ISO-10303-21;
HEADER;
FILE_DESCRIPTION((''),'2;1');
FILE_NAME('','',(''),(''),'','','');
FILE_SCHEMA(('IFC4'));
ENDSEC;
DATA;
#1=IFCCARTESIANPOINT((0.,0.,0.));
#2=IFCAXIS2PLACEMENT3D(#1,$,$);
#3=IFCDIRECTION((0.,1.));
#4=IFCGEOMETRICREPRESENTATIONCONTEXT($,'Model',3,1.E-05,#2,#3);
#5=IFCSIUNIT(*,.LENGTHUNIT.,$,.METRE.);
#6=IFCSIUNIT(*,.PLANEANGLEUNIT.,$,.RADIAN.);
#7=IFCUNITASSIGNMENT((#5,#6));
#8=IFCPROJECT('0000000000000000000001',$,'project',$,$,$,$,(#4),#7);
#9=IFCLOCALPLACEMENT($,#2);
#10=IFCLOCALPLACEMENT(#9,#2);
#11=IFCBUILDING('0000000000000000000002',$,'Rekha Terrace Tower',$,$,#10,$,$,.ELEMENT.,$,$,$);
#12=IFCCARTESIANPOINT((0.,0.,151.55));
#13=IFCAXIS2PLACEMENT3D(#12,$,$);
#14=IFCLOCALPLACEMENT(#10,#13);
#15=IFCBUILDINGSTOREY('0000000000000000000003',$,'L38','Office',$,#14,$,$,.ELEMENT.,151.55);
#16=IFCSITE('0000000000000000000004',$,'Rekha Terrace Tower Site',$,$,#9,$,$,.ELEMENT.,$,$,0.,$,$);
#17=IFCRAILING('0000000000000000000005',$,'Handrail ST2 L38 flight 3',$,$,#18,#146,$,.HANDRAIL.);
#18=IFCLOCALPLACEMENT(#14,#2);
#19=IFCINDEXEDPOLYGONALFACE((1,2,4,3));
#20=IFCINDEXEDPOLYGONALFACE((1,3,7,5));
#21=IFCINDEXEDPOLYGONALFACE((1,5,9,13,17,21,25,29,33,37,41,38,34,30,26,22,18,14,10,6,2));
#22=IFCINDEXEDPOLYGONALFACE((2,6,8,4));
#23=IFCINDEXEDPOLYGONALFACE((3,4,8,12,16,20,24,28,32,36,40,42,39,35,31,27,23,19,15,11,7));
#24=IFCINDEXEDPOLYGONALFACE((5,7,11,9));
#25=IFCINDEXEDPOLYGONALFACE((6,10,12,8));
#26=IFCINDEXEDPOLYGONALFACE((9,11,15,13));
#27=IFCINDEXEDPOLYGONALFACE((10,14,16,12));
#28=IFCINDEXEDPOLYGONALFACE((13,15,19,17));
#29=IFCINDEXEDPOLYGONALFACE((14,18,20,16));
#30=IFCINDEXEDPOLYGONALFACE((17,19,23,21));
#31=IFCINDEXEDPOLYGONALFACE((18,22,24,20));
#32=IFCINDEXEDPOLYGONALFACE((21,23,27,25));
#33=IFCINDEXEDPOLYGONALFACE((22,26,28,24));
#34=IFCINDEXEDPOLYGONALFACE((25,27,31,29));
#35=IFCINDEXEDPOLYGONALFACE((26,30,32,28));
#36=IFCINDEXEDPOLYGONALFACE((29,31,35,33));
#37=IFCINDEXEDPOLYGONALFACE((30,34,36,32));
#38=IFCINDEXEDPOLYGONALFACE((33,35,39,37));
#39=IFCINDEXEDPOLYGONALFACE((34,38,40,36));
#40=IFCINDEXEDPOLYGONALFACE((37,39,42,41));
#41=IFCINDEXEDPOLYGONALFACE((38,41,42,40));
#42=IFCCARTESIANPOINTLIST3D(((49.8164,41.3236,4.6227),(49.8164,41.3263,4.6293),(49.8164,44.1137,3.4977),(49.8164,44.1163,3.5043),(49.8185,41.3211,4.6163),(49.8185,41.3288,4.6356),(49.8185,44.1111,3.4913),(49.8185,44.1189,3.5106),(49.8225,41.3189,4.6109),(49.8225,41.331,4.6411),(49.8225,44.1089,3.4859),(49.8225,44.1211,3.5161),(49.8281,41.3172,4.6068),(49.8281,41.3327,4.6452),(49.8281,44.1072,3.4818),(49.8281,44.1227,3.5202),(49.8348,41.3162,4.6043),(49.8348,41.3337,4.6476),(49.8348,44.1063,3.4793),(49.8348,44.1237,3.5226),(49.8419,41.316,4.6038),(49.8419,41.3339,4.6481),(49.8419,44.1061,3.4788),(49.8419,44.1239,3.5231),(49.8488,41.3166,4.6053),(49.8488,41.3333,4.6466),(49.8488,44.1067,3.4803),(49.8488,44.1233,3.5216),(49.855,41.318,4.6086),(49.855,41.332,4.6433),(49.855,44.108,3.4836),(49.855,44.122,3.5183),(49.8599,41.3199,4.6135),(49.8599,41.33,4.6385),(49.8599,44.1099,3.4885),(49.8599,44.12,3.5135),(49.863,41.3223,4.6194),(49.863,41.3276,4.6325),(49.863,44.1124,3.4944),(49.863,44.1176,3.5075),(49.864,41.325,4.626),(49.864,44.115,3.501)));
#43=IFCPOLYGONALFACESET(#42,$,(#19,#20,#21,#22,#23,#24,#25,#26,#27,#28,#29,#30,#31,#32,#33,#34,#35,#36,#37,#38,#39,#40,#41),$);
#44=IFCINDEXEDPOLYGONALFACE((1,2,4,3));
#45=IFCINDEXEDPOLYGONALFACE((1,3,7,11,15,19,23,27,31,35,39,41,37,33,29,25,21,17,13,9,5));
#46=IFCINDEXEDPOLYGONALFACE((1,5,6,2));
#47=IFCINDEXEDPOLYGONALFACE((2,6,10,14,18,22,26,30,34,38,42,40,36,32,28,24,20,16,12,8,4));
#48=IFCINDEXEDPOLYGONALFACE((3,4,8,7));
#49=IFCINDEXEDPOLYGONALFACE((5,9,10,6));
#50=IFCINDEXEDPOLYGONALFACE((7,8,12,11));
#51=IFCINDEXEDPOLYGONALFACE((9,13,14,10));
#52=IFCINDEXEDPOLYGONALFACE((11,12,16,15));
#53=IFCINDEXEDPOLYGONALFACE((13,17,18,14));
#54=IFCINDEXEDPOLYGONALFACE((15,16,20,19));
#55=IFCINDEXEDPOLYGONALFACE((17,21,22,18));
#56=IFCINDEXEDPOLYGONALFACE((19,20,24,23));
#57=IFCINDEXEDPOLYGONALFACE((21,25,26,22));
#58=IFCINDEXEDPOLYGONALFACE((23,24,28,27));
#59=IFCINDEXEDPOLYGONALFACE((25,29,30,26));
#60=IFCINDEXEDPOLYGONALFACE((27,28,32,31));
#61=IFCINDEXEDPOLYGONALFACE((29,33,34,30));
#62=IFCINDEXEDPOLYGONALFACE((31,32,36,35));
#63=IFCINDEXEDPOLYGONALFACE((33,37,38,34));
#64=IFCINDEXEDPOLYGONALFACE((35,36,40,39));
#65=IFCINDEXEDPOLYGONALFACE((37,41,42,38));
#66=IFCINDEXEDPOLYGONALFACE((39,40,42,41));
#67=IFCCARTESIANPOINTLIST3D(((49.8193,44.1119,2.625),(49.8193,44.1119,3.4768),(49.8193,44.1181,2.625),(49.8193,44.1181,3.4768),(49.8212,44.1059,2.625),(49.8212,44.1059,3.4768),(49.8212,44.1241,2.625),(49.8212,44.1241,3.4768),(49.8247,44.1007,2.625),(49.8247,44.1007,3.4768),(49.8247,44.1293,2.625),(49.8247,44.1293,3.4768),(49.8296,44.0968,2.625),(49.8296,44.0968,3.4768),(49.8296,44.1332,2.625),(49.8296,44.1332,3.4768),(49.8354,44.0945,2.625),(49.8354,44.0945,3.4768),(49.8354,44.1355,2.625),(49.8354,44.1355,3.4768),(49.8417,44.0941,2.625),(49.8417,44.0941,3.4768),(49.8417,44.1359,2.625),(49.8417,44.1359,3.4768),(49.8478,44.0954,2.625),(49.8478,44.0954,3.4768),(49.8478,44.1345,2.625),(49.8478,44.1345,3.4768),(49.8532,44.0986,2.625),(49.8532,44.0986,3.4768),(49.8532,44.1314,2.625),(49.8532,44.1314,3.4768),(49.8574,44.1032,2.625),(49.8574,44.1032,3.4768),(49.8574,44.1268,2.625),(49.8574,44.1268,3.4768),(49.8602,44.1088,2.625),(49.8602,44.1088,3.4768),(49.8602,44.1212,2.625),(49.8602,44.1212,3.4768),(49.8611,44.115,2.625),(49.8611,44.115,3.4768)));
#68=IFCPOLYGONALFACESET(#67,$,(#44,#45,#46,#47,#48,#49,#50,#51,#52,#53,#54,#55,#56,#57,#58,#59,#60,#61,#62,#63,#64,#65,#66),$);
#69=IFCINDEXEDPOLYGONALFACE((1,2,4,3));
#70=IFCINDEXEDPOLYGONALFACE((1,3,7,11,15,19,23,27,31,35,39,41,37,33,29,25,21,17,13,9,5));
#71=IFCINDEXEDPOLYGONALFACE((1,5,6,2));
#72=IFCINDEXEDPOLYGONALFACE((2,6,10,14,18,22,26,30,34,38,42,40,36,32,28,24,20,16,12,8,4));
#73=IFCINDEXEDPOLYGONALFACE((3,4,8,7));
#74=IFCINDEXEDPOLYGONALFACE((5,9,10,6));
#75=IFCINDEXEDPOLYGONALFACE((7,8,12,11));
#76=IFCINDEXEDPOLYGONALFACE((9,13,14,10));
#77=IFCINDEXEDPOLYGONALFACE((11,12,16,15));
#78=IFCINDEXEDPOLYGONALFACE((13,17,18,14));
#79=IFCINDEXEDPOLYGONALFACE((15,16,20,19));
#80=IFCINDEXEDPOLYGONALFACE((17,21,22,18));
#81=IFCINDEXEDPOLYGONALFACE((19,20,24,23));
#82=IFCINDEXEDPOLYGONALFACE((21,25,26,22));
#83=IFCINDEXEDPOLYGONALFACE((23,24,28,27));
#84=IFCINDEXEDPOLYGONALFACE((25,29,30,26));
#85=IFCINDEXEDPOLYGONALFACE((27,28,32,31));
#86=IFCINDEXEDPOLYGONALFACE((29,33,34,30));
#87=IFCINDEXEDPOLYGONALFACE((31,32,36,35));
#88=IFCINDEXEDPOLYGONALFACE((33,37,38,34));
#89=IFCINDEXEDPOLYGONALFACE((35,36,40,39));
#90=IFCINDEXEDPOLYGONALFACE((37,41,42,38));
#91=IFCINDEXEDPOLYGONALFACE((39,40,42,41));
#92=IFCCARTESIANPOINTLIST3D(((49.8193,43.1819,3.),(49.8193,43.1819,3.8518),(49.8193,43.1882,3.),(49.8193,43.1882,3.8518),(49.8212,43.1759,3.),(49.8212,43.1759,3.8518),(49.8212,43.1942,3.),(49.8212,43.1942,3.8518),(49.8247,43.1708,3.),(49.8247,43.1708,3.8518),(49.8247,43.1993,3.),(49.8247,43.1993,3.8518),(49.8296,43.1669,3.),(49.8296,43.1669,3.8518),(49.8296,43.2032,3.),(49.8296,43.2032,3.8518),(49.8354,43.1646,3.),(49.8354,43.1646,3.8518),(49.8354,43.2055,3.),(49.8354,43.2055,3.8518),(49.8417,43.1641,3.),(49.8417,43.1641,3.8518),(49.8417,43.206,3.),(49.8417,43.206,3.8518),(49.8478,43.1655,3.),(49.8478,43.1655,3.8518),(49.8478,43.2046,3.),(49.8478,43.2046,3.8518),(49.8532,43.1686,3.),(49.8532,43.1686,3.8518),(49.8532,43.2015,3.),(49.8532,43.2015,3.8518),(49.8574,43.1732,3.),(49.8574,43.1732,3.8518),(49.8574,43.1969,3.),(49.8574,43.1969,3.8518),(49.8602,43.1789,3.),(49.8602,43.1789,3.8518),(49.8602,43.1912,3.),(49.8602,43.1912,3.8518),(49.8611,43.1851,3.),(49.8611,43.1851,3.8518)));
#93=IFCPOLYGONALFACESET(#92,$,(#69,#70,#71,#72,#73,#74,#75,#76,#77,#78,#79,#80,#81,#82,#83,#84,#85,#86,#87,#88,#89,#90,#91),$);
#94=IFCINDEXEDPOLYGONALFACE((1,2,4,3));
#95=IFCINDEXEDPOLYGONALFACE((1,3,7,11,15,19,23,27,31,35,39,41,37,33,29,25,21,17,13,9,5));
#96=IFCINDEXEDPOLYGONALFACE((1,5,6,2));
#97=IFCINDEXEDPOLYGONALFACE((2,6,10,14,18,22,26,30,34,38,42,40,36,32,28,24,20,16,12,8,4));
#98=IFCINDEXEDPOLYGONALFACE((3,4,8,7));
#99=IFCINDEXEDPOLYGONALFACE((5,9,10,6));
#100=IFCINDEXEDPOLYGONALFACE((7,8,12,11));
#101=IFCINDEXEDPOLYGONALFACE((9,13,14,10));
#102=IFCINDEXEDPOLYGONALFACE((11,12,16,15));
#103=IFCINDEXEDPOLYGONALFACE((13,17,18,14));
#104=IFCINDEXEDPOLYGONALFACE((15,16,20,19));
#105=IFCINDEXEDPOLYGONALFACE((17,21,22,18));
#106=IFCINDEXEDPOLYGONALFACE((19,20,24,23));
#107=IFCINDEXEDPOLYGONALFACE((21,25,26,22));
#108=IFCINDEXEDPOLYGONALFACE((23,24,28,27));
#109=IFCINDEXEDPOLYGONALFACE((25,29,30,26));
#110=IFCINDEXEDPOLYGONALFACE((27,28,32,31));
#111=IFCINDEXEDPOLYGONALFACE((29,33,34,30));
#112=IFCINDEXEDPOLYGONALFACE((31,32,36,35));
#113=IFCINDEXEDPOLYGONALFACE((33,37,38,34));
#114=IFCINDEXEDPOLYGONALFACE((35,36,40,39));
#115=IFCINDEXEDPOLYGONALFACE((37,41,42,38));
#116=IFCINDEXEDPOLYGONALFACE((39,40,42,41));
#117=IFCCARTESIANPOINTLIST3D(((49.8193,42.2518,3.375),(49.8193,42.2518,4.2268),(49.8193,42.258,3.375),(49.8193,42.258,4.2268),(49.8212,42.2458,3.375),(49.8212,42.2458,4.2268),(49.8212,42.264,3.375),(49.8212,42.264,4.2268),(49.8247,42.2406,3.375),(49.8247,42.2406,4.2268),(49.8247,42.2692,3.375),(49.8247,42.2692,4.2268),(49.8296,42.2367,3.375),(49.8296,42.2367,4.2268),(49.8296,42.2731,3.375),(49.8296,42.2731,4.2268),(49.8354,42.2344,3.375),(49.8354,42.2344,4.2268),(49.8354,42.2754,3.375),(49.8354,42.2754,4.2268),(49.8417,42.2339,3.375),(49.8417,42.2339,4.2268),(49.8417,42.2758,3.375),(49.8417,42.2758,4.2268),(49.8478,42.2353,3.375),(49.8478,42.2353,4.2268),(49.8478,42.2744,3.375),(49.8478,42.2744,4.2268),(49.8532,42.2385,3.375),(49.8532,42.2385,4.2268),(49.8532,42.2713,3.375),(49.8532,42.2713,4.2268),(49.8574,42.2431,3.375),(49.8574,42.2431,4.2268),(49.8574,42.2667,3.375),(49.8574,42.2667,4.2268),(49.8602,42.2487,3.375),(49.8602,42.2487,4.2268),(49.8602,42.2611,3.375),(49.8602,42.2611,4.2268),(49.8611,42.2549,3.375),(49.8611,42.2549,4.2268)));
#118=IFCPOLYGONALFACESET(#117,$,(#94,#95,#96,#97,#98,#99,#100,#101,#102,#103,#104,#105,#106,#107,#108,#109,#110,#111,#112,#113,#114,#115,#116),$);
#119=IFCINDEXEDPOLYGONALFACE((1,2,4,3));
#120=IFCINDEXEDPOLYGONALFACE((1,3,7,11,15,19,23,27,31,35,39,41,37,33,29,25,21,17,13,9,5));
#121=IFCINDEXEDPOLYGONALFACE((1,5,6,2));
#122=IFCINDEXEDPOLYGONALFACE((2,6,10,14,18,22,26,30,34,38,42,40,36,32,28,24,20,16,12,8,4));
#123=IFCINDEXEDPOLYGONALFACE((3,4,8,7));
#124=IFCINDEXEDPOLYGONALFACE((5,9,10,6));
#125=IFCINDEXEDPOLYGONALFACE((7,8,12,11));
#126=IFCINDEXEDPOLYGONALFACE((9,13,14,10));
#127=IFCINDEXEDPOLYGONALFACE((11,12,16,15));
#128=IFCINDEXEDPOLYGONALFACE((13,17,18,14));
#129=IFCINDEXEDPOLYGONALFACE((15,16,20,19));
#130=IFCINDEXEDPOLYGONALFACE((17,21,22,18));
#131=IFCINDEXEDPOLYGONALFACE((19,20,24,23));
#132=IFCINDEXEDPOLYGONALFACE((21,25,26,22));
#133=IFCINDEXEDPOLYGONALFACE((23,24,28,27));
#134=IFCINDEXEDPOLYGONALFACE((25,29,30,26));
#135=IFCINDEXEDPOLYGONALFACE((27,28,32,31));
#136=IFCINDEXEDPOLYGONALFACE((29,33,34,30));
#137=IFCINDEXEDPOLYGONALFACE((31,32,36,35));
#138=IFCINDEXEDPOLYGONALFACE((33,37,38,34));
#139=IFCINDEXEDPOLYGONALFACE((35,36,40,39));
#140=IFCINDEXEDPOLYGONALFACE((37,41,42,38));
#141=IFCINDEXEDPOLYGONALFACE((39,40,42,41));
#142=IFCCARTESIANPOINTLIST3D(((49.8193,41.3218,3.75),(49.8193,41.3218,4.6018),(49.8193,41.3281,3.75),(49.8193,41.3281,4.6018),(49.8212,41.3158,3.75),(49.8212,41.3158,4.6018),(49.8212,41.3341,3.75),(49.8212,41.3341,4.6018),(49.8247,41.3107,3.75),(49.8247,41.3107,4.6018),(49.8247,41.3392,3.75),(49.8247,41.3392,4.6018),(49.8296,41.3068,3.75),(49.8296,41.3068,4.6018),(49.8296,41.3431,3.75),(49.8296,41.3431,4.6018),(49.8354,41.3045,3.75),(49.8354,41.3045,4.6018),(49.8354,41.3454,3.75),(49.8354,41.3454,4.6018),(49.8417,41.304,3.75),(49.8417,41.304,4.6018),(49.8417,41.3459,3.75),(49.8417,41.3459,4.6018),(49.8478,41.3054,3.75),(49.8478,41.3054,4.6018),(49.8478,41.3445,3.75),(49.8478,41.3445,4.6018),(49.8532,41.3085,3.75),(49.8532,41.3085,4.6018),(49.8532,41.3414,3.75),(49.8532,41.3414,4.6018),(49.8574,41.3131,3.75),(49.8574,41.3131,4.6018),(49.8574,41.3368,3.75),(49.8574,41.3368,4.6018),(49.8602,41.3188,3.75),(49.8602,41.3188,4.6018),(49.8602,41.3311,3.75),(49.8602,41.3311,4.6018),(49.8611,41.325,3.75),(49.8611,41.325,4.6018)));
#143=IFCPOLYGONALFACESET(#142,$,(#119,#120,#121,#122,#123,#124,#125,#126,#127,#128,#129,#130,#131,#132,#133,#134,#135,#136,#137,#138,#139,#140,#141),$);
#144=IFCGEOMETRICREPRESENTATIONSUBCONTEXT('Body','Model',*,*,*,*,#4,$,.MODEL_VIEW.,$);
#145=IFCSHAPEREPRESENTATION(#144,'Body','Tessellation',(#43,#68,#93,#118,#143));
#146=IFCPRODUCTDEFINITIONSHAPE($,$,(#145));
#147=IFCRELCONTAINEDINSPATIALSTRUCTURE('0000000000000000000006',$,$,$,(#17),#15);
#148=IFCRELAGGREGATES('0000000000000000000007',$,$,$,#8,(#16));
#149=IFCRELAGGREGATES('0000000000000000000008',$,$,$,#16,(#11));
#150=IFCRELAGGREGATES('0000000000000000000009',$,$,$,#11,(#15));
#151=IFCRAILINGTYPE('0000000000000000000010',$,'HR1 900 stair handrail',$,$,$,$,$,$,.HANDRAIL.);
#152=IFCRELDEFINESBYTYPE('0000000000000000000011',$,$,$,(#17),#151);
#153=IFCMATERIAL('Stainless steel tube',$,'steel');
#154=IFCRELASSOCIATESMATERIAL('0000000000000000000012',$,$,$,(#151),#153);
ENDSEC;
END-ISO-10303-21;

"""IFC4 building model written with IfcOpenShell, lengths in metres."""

from ifc_helpers import new_model, si_unit, direction, frame, origin, origin_2d, place, context, subcontext, project, spatial, circle, extrude, material, type_object, element, save


model = new_model("IFC4")

# Units and contexts
model_context = context("Model", 3, precision=1e-05, world=origin(), true_north=direction((0.0, 1.0)))
body_context = subcontext(model_context, "Body", "Model", "MODEL_VIEW")
ifc_project = project(units=[si_unit("LENGTHUNIT", "METRE"), si_unit("PLANEANGLEUNIT", "RADIAN")], contexts=[model_context])

# Site, building, storey
site_placement = place(None, origin())
site = spatial("IfcSite", under=ifc_project, at=site_placement, Name="Rekha Terrace Tower Site", CompositionType="ELEMENT", RefElevation=0.0)
building_placement = place(site_placement, origin())
building = spatial("IfcBuilding", under=site, at=building_placement, Name="Rekha Terrace Tower", CompositionType="ELEMENT")
storey_placement = place(building_placement, frame((0.0, 0.0, 151.55)))
storey = spatial("IfcBuildingStorey", under=building, at=storey_placement, Name="L38", Description="Office", CompositionType="ELEMENT", Elevation=151.55)

# Railing
ifc_material_1 = material(Name="Stainless steel tube", Category="steel")
railing_type = type_object("IfcRailingType", Name="HR1 900 stair handrail", PredefinedType="HANDRAIL", material=ifc_material_1)
railing_placement = place(storey_placement, frame((49.8401, 44.115, 2.625)))
element("IfcRailing", 1, at=railing_placement, inside=storey, type_object=railing_type, Name="Handrail ST2 L38 flight 3", PredefinedType="HANDRAIL", context=body_context, shape_type="SweptSolid", body=[
    extrude(circle(Radius=0.0239, at=origin_2d()), frame((0.0, 0.0, 0.876), z_axis=(0.0, -0.927443, 0.373964), x_axis=(1.0, 0.0, 0.0)), (0.0, 0.0, 1.0), 3.0083),
    extrude(circle(Radius=0.021, at=origin_2d()), origin(), (0.0, 0.0, 1.0), 0.8518),
    extrude(circle(Radius=0.021, at=origin_2d()), frame((0.0, -0.9299, 0.375)), (0.0, 0.0, 1.0), 0.8518),
    extrude(circle(Radius=0.021, at=origin_2d()), frame((0.0, -1.8601, 0.75)), (0.0, 0.0, 1.0), 0.8518),
    extrude(circle(Radius=0.021, at=origin_2d()), frame((0.0, -2.79, 1.125)), (0.0, 0.0, 1.0), 0.8518),
])

save(model, "model.ifc")
